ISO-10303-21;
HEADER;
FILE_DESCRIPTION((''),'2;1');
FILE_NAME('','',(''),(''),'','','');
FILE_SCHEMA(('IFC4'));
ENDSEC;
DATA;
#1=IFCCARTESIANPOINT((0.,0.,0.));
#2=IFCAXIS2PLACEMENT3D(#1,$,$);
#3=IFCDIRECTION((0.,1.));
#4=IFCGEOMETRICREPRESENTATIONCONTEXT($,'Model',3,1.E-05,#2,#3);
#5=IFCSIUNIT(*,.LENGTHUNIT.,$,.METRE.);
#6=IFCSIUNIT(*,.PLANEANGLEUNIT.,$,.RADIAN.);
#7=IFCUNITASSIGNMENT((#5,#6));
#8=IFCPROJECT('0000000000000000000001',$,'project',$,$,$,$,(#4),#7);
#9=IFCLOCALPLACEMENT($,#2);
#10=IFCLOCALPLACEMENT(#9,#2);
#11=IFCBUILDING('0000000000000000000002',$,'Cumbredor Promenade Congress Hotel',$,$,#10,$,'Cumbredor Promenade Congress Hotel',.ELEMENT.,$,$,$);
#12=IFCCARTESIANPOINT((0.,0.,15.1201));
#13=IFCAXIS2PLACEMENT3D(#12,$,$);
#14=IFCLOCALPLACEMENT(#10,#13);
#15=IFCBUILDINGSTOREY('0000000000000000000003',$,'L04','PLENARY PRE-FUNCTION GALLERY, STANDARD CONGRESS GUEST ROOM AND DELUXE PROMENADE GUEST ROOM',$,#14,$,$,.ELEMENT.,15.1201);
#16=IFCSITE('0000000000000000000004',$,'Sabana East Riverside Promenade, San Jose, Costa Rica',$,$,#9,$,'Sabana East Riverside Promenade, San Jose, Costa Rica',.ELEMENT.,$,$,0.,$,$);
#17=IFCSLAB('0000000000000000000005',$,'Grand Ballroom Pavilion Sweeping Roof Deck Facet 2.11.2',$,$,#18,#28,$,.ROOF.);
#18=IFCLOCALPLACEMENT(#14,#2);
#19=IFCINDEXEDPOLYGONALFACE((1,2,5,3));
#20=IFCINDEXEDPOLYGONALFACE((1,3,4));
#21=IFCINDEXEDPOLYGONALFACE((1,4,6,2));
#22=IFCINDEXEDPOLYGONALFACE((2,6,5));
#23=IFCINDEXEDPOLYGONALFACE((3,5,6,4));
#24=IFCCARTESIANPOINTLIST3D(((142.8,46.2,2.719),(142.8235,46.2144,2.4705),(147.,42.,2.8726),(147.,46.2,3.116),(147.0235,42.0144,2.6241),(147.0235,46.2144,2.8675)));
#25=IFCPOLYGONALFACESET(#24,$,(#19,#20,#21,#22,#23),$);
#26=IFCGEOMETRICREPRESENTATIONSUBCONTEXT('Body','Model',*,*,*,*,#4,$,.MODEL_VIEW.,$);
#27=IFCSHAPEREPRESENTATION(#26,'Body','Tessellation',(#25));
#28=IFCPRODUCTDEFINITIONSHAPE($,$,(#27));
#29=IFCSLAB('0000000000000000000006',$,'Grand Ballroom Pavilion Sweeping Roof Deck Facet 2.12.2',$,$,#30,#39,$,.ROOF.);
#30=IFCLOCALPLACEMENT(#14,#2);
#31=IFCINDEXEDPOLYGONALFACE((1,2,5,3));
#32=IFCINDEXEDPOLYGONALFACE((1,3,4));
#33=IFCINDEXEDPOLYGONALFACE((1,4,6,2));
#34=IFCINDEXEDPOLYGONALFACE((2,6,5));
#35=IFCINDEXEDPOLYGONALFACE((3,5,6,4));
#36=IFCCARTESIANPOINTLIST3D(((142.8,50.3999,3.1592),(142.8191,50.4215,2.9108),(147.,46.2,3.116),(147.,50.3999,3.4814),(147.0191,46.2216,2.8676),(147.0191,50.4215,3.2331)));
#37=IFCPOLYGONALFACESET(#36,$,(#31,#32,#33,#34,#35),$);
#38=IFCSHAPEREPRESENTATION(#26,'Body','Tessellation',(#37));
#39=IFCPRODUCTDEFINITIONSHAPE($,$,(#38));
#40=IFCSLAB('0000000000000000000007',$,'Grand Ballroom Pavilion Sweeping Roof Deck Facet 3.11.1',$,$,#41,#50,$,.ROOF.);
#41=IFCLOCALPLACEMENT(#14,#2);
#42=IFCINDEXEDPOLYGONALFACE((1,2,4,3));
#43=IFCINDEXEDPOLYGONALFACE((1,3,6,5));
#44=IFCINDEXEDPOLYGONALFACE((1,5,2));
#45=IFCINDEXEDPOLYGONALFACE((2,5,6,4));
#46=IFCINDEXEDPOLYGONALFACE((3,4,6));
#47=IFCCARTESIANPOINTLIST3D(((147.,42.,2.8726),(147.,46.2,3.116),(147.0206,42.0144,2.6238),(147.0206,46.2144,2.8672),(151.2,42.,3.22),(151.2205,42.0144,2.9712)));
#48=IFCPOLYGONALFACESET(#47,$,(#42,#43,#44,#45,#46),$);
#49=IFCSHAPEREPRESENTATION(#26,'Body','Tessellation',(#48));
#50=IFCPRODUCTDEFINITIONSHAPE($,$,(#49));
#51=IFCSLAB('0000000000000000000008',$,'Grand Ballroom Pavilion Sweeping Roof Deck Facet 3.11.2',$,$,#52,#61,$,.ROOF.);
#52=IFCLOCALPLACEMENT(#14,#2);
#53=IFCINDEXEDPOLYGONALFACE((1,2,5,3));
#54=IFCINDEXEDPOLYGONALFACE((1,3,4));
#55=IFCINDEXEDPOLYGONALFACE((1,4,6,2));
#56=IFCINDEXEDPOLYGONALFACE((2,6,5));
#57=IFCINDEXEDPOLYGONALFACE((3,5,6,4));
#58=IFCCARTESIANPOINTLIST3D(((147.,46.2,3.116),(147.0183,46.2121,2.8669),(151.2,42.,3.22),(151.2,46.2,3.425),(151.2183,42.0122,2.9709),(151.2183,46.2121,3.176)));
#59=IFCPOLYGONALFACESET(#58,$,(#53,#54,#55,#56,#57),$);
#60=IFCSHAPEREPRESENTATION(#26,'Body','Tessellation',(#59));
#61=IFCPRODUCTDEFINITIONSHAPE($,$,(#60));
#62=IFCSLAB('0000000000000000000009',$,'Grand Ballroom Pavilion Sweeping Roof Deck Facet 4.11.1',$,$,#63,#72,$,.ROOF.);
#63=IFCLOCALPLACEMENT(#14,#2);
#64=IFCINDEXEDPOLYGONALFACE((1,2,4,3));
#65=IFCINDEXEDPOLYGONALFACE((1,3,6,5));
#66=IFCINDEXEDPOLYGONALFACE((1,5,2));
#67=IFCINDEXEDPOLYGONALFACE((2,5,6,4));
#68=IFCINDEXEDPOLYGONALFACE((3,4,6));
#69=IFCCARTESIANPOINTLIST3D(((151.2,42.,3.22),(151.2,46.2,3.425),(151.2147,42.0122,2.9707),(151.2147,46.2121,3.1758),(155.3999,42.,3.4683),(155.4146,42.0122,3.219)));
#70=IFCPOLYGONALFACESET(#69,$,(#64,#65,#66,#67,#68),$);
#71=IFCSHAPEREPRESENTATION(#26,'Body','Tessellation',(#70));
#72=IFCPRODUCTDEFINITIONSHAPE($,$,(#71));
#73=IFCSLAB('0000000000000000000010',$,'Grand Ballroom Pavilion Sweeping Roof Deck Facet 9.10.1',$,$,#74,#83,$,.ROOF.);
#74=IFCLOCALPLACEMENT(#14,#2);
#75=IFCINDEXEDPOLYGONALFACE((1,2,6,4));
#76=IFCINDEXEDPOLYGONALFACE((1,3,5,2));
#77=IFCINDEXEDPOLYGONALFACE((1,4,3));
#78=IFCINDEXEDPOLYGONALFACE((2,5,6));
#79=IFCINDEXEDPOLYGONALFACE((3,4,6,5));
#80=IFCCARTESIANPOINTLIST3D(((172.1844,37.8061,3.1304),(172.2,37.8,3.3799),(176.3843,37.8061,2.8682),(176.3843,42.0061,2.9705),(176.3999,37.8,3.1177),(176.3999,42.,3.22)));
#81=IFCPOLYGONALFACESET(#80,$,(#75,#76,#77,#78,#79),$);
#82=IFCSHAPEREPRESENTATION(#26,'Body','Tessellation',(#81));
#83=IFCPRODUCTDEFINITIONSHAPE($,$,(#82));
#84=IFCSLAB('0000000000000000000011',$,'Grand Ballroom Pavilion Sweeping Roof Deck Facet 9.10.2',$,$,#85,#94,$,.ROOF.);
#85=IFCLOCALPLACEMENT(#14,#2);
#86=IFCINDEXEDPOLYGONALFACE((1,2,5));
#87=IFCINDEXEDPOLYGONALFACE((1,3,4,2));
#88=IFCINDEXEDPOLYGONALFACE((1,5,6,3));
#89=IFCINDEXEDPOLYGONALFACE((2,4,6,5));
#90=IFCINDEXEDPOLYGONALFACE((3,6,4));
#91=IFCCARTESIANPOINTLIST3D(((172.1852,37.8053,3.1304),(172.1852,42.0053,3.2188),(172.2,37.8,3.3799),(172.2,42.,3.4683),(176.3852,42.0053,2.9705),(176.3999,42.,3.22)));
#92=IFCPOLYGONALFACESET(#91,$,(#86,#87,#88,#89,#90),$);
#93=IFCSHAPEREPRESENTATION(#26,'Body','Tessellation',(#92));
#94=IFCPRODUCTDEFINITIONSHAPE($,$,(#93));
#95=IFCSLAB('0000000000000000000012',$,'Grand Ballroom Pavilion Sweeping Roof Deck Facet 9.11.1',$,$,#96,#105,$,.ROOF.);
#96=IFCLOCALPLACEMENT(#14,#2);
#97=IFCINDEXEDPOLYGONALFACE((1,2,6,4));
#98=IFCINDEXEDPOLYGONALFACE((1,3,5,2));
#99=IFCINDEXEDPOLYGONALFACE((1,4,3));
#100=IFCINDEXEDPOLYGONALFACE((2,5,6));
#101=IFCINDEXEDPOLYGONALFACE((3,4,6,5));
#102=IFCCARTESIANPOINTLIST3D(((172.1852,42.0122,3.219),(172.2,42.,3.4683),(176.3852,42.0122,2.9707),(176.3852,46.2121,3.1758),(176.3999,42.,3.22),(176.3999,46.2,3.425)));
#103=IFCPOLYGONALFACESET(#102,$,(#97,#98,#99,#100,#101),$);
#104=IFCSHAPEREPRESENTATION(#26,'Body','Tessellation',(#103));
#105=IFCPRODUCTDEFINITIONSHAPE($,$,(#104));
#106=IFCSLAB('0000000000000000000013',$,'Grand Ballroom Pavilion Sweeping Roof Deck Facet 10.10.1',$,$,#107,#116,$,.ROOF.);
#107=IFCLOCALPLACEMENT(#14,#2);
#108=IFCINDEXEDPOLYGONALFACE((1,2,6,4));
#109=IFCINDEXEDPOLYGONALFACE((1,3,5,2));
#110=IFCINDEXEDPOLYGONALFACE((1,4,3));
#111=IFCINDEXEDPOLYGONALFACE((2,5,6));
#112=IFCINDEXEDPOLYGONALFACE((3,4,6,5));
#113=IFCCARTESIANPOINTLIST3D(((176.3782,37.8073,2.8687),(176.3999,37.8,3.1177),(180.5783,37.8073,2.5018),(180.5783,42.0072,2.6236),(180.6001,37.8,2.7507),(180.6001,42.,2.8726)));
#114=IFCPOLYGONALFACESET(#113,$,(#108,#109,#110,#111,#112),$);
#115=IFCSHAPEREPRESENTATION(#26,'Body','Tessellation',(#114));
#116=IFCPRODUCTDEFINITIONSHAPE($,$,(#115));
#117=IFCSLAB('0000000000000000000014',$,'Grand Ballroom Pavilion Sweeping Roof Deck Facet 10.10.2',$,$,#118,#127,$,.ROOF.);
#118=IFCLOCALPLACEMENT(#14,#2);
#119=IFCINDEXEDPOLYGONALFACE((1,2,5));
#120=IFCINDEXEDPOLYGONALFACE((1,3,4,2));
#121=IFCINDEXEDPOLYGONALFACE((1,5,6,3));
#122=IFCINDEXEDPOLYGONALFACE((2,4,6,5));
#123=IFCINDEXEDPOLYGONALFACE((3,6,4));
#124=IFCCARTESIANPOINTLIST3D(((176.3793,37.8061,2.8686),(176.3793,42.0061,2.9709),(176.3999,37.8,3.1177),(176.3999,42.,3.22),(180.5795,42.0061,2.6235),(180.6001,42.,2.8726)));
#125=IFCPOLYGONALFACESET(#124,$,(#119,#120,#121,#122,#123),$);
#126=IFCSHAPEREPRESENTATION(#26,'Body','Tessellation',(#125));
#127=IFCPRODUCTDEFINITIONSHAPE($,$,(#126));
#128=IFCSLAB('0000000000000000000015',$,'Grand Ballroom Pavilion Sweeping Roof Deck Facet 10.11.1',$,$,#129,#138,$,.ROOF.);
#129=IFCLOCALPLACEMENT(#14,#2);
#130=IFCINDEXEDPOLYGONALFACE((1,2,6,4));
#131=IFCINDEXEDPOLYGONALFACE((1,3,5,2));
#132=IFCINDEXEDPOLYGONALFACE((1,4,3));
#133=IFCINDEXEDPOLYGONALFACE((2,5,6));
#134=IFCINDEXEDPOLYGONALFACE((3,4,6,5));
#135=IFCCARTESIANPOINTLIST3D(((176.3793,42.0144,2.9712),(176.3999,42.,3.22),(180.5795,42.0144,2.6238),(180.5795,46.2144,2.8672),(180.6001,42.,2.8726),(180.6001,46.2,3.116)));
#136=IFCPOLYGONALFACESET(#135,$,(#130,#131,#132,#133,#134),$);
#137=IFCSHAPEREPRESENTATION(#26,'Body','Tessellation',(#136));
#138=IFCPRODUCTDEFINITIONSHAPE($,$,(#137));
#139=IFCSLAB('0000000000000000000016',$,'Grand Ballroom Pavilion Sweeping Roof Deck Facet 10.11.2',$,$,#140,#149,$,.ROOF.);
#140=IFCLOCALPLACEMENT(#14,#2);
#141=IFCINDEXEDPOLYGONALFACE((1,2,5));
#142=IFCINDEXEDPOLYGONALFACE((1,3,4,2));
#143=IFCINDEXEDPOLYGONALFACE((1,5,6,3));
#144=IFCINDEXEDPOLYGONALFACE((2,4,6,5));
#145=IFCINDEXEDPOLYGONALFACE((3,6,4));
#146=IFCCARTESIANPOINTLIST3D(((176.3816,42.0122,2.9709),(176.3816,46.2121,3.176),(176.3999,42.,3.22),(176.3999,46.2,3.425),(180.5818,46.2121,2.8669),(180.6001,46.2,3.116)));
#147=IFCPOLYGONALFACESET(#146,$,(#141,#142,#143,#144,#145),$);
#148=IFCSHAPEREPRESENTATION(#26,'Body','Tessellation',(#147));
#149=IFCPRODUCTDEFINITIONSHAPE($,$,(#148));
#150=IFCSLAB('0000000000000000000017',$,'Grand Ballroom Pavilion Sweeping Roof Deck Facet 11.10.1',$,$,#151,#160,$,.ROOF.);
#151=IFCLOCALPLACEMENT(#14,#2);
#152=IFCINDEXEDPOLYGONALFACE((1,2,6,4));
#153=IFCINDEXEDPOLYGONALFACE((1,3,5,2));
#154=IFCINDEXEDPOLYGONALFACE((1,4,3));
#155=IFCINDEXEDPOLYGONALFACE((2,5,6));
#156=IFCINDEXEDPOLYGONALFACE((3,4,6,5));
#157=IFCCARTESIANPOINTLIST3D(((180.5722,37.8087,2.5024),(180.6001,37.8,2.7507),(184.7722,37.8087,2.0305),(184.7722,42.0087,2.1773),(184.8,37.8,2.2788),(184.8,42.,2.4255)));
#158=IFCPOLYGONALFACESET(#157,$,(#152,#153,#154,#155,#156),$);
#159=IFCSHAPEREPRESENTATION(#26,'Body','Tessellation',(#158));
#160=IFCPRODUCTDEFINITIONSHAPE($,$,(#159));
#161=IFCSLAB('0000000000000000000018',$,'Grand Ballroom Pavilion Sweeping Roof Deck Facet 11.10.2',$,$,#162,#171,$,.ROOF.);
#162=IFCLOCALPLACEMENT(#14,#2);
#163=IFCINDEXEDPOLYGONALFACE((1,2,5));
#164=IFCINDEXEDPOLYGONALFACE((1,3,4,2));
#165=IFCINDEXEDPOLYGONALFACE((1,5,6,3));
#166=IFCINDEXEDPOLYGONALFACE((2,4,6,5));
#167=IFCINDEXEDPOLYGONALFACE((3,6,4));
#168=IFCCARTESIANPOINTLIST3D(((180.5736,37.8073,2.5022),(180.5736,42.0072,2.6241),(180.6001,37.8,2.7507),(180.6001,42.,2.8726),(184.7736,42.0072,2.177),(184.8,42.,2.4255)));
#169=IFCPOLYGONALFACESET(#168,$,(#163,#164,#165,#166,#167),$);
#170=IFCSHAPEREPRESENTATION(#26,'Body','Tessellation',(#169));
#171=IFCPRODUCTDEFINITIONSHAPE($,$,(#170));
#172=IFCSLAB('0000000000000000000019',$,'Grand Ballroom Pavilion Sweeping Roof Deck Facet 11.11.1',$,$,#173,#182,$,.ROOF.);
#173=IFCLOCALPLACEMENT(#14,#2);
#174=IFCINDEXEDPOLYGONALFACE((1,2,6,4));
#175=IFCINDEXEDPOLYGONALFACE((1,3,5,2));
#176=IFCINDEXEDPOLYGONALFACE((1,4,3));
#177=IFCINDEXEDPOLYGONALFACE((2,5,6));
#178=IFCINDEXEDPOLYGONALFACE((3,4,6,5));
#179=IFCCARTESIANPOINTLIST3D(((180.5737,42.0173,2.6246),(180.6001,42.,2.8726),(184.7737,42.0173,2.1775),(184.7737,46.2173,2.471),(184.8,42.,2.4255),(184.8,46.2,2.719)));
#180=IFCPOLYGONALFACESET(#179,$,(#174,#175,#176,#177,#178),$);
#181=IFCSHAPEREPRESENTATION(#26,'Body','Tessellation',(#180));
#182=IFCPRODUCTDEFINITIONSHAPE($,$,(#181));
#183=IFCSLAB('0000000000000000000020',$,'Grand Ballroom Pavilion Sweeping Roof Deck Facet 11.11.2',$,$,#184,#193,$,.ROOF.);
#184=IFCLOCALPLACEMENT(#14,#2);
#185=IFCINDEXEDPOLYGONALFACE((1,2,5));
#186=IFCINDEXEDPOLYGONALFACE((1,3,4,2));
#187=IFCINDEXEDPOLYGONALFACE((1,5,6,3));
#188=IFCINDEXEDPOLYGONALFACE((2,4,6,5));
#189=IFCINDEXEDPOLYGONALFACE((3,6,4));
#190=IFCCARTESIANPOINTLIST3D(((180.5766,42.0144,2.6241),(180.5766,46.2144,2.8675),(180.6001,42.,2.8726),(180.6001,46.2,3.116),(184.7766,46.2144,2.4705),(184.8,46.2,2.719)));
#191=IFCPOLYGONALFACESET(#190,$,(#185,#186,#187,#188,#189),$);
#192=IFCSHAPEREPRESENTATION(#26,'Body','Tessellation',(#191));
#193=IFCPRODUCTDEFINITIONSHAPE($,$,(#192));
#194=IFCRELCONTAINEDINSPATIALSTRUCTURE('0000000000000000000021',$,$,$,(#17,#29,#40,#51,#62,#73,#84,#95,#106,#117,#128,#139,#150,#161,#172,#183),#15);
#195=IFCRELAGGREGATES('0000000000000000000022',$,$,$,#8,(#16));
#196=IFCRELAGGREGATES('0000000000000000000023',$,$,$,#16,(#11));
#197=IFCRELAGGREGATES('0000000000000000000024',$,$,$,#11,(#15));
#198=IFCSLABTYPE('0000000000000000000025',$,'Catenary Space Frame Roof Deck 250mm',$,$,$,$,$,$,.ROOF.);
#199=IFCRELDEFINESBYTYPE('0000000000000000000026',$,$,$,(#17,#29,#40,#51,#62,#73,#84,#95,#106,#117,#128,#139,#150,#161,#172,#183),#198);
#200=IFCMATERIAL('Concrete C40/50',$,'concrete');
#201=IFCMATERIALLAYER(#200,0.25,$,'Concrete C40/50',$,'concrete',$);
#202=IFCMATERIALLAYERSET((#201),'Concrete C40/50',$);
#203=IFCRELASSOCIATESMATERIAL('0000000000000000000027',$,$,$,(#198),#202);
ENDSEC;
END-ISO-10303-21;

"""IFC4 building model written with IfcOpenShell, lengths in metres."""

from ifc_helpers import new_model, si_unit, direction, frame, origin, place, context, subcontext, project, spatial, polyline, outline, extrude, material, layer, layer_set, type_object, element, save


model = new_model("IFC4")

# Units and contexts
model_context = context("Model", 3, precision=1e-05, world=origin(), true_north=direction((0.0, 1.0)))
body_context = subcontext(model_context, "Body", "Model", "MODEL_VIEW")
ifc_project = project(units=[si_unit("LENGTHUNIT", "METRE"), si_unit("PLANEANGLEUNIT", "RADIAN")], contexts=[model_context])

# Site, building, storey
site_placement = place(None, origin())
site = spatial("IfcSite", under=ifc_project, at=site_placement, Name="Sabana East Riverside Promenade, San Jose, Costa Rica", LongName="Sabana East Riverside Promenade, San Jose, Costa Rica", CompositionType="ELEMENT", RefElevation=0.0)
building_placement = place(site_placement, origin())
building = spatial("IfcBuilding", under=site, at=building_placement, Name="Cumbredor Promenade Congress Hotel", LongName="Cumbredor Promenade Congress Hotel", CompositionType="ELEMENT")
storey_placement = place(building_placement, frame((0.0, 0.0, 15.1201)))
storey = spatial("IfcBuildingStorey", under=building, at=storey_placement, Name="L04", Description="PLENARY PRE-FUNCTION GALLERY, STANDARD CONGRESS GUEST ROOM AND DELUXE PROMENADE GUEST ROOM", CompositionType="ELEMENT", Elevation=15.1201)

# Slabs
ifc_material_1 = material(Name="Concrete C40/50", Category="concrete")
ifc_layer_1 = layer(ifc_material_1, 0.25, Name="Concrete C40/50", Category="concrete")
ifc_layer_set_1 = layer_set([ifc_layer_1], Name="Concrete C40/50")
slab_type = type_object("IfcSlabType", Name="Catenary Space Frame Roof Deck 250mm", PredefinedType="ROOF", material=ifc_layer_set_1)
slab_1_placement = place(storey_placement, frame((147.0, 42.0, 2.8726), z_axis=(-0.093943, -0.057602, 0.99391), x_axis=(0.0, 0.998325, 0.057858)))
element("IfcSlab", 1, at=slab_1_placement, inside=storey, type_object=slab_type, Name="Grand Ballroom Pavilion Sweeping Roof Deck Facet 2.11.2", PredefinedType="ROOF", context=body_context, shape_type="SweptSolid", body=[
    extrude(outline(polyline([(0.0, 0.0), (4.207, 0.0), (4.184, 4.2186), (0.0, 0.0)])), origin(), (0.0, 0.0, -1.0), 0.25),
])
slab_2_placement = place(storey_placement, frame((147.0, 46.2, 3.116), z_axis=(-0.07622, -0.08644, 0.993337), x_axis=(0.0, 0.996235, 0.086692)))
element("IfcSlab", 2, at=slab_2_placement, inside=storey, type_object=slab_type, Name="Grand Ballroom Pavilion Sweeping Roof Deck Facet 2.12.2", PredefinedType="ROOF", context=body_context, shape_type="SweptSolid", body=[
    extrude(outline(polyline([(0.0, 0.0), (4.2158, 0.0), (4.1879, 4.2122), (0.0, 0.0)])), origin(), (0.0, 0.0, -1.0), 0.25),
])
slab_3_placement = place(storey_placement, frame((147.0, 42.0, 2.8726), z_axis=(-0.082299, -0.057662, 0.994938), x_axis=(0.996596, 0.0, 0.082437)))
element("IfcSlab", 3, at=slab_3_placement, inside=storey, type_object=slab_type, Name="Grand Ballroom Pavilion Sweeping Roof Deck Facet 3.11.1", PredefinedType="ROOF", context=body_context, shape_type="SweptSolid", body=[
    extrude(outline(polyline([(0.0, 0.0), (4.2143, 0.0), (0.0201, 4.207), (0.0, 0.0)])), origin(), (0.0, 0.0, -1.0), 0.25),
])
slab_4_placement = place(storey_placement, frame((151.2, 42.0, 3.22), z_axis=(-0.073306, -0.048639, 0.996123), x_axis=(0.0, 0.99881, 0.048771)))
element("IfcSlab", 4, at=slab_4_placement, inside=storey, type_object=slab_type, Name="Grand Ballroom Pavilion Sweeping Roof Deck Facet 3.11.2", PredefinedType="ROOF", context=body_context, shape_type="SweptSolid", body=[
    extrude(outline(polyline([(0.0, 0.0), (4.205, 0.0), (4.1899, 4.2113), (0.0, 0.0)])), origin(), (0.0, 0.0, -1.0), 0.25),
])
slab_5_placement = place(storey_placement, frame((151.2, 42.0, 3.22), z_axis=(-0.058945, -0.048686, 0.997073), x_axis=(0.998257, 0.0, 0.059015)))
element("IfcSlab", 5, at=slab_5_placement, inside=storey, type_object=slab_type, Name="Grand Ballroom Pavilion Sweeping Roof Deck Facet 4.11.1", PredefinedType="ROOF", context=body_context, shape_type="SweptSolid", body=[
    extrude(outline(polyline([(0.0, 0.0), (4.2073, 0.0), (0.0121, 4.2049), (0.0, 0.0)])), origin(), (0.0, 0.0, -1.0), 0.25),
])
slab_6_placement = place(storey_placement, frame((172.2, 37.8, 3.3799), z_axis=(0.062291, -0.024302, 0.997762), x_axis=(0.998057, 0.0, -0.06231)))
element("IfcSlab", 6, at=slab_6_placement, inside=storey, type_object=slab_type, Name="Grand Ballroom Pavilion Sweeping Roof Deck Facet 9.10.1", PredefinedType="ROOF", context=body_context, shape_type="SweptSolid", body=[
    extrude(outline(polyline([(0.0, 0.0), (4.2081, 0.0), (4.2018, 4.2012), (0.0, 0.0)])), origin(), (0.0, 0.0, -1.0), 0.25),
])
slab_7_placement = place(storey_placement, frame((172.2, 37.8, 3.3799), z_axis=(0.059002, -0.021002, 0.998037), x_axis=(0.706851, 0.706851, -0.026913)))
element("IfcSlab", 7, at=slab_7_placement, inside=storey, type_object=slab_type, Name="Grand Ballroom Pavilion Sweeping Roof Deck Facet 9.10.2", PredefinedType="ROOF", context=body_context, shape_type="SweptSolid", body=[
    extrude(outline(polyline([(0.0, 0.0), (5.9418, 0.0), (2.9664, 2.9746), (0.0, 0.0)])), origin(), (0.0, 0.0, -1.0), 0.25),
])
slab_8_placement = place(storey_placement, frame((172.2, 42.0, 3.4683), z_axis=(0.058945, -0.048686, 0.997073), x_axis=(0.998257, 0.0, -0.059015)))
element("IfcSlab", 8, at=slab_8_placement, inside=storey, type_object=slab_type, Name="Grand Ballroom Pavilion Sweeping Roof Deck Facet 9.11.1", PredefinedType="ROOF", context=body_context, shape_type="SweptSolid", body=[
    extrude(outline(polyline([(0.0, 0.0), (4.2073, 0.0), (4.1952, 4.2049), (0.0, 0.0)])), origin(), (0.0, 0.0, -1.0), 0.25),
])
slab_9_placement = place(storey_placement, frame((176.3999, 37.8, 3.1177), z_axis=(0.086996, -0.028884, 0.99579), x_axis=(0.996206, 0.0, -0.087032)))
element("IfcSlab", 9, at=slab_9_placement, inside=storey, type_object=slab_type, Name="Grand Ballroom Pavilion Sweeping Roof Deck Facet 10.10.1", PredefinedType="ROOF", context=body_context, shape_type="SweptSolid", body=[
    extrude(outline(polyline([(0.0, 0.0), (4.2162, 0.0), (4.2056, 4.2017), (0.0, 0.0)])), origin(), (0.0, 0.0, -1.0), 0.25),
])
slab_10_placement = place(storey_placement, frame((176.3999, 37.8, 3.1177), z_axis=(0.082408, -0.024266, 0.996303), x_axis=(0.706526, 0.706485, -0.041232)))
element("IfcSlab", 10, at=slab_10_placement, inside=storey, type_object=slab_type, Name="Grand Ballroom Pavilion Sweeping Roof Deck Facet 10.10.2", PredefinedType="ROOF", context=body_context, shape_type="SweptSolid", body=[
    extrude(outline(polyline([(0.0, 0.0), (5.9449, 0.0), (2.963, 2.9784), (0.0, 0.0)])), origin(), (0.0, 0.0, -1.0), 0.25),
])
slab_11_placement = place(storey_placement, frame((176.3999, 42.0, 3.22), z_axis=(0.082295, -0.057662, 0.994939), x_axis=(0.996597, 0.0, -0.082432)))
element("IfcSlab", 11, at=slab_11_placement, inside=storey, type_object=slab_type, Name="Grand Ballroom Pavilion Sweeping Roof Deck Facet 10.11.1", PredefinedType="ROOF", context=body_context, shape_type="SweptSolid", body=[
    extrude(outline(polyline([(0.0, 0.0), (4.2145, 0.0), (4.1945, 4.207), (0.0, 0.0)])), origin(), (0.0, 0.0, -1.0), 0.25),
])
slab_12_placement = place(storey_placement, frame((176.3999, 42.0, 3.22), z_axis=(0.073302, -0.048639, 0.996123), x_axis=(0.707019, 0.706978, -0.017507)))
element("IfcSlab", 12, at=slab_12_placement, inside=storey, type_object=slab_type, Name="Grand Ballroom Pavilion Sweeping Roof Deck Facet 10.11.2", PredefinedType="ROOF", context=body_context, shape_type="SweptSolid", body=[
    extrude(outline(polyline([(0.0, 0.0), (5.9407, 0.0), (2.9657, 2.981), (0.0, 0.0)])), origin(), (0.0, 0.0, -1.0), 0.25),
])
slab_13_placement = place(storey_placement, frame((180.6001, 37.8, 2.7507), z_axis=(0.111594, -0.034696, 0.993148), x_axis=(0.993746, 0.0, -0.111661)))
element("IfcSlab", 13, at=slab_13_placement, inside=storey, type_object=slab_type, Name="Grand Ballroom Pavilion Sweeping Roof Deck Facet 11.10.1", PredefinedType="ROOF", context=body_context, shape_type="SweptSolid", body=[
    extrude(outline(polyline([(0.0, 0.0), (4.2264, 0.0), (4.21, 4.2025), (0.0, 0.0)])), origin(), (0.0, 0.0, -1.0), 0.25),
])
slab_14_placement = place(storey_placement, frame((180.6001, 37.8, 2.7507), z_axis=(0.105793, -0.028832, 0.99397), x_axis=(0.706049, 0.706049, -0.054668)))
element("IfcSlab", 14, at=slab_14_placement, inside=storey, type_object=slab_type, Name="Grand Ballroom Pavilion Sweeping Roof Deck Facet 11.10.2", PredefinedType="ROOF", context=body_context, shape_type="SweptSolid", body=[
    extrude(outline(polyline([(0.0, 0.0), (5.9485, 0.0), (2.9587, 2.9834), (0.0, 0.0)])), origin(), (0.0, 0.0, -1.0), 0.25),
])
slab_15_placement = place(storey_placement, frame((180.6001, 42.0, 2.8726), z_axis=(0.105583, -0.069312, 0.991992), x_axis=(0.994383, 0.0, -0.105837)))
element("IfcSlab", 15, at=slab_15_placement, inside=storey, type_object=slab_type, Name="Grand Ballroom Pavilion Sweeping Roof Deck Facet 11.11.1", PredefinedType="ROOF", context=body_context, shape_type="SweptSolid", body=[
    extrude(outline(polyline([(0.0, 0.0), (4.2237, 0.0), (4.1926, 4.2101), (0.0, 0.0)])), origin(), (0.0, 0.0, -1.0), 0.25),
])
slab_16_placement = place(storey_placement, frame((180.6001, 42.0, 2.8726), z_axis=(0.093943, -0.057602, 0.99391), x_axis=(0.706871, 0.706871, -0.025846)))
element("IfcSlab", 16, at=slab_16_placement, inside=storey, type_object=slab_type, Name="Grand Ballroom Pavilion Sweeping Roof Deck Facet 11.11.2", PredefinedType="ROOF", context=body_context, shape_type="SweptSolid", body=[
    extrude(outline(polyline([(0.0, 0.0), (5.9416, 0.0), (2.9625, 2.987), (0.0, 0.0)])), origin(), (0.0, 0.0, -1.0), 0.25),
])

save(model, "model.ifc")
